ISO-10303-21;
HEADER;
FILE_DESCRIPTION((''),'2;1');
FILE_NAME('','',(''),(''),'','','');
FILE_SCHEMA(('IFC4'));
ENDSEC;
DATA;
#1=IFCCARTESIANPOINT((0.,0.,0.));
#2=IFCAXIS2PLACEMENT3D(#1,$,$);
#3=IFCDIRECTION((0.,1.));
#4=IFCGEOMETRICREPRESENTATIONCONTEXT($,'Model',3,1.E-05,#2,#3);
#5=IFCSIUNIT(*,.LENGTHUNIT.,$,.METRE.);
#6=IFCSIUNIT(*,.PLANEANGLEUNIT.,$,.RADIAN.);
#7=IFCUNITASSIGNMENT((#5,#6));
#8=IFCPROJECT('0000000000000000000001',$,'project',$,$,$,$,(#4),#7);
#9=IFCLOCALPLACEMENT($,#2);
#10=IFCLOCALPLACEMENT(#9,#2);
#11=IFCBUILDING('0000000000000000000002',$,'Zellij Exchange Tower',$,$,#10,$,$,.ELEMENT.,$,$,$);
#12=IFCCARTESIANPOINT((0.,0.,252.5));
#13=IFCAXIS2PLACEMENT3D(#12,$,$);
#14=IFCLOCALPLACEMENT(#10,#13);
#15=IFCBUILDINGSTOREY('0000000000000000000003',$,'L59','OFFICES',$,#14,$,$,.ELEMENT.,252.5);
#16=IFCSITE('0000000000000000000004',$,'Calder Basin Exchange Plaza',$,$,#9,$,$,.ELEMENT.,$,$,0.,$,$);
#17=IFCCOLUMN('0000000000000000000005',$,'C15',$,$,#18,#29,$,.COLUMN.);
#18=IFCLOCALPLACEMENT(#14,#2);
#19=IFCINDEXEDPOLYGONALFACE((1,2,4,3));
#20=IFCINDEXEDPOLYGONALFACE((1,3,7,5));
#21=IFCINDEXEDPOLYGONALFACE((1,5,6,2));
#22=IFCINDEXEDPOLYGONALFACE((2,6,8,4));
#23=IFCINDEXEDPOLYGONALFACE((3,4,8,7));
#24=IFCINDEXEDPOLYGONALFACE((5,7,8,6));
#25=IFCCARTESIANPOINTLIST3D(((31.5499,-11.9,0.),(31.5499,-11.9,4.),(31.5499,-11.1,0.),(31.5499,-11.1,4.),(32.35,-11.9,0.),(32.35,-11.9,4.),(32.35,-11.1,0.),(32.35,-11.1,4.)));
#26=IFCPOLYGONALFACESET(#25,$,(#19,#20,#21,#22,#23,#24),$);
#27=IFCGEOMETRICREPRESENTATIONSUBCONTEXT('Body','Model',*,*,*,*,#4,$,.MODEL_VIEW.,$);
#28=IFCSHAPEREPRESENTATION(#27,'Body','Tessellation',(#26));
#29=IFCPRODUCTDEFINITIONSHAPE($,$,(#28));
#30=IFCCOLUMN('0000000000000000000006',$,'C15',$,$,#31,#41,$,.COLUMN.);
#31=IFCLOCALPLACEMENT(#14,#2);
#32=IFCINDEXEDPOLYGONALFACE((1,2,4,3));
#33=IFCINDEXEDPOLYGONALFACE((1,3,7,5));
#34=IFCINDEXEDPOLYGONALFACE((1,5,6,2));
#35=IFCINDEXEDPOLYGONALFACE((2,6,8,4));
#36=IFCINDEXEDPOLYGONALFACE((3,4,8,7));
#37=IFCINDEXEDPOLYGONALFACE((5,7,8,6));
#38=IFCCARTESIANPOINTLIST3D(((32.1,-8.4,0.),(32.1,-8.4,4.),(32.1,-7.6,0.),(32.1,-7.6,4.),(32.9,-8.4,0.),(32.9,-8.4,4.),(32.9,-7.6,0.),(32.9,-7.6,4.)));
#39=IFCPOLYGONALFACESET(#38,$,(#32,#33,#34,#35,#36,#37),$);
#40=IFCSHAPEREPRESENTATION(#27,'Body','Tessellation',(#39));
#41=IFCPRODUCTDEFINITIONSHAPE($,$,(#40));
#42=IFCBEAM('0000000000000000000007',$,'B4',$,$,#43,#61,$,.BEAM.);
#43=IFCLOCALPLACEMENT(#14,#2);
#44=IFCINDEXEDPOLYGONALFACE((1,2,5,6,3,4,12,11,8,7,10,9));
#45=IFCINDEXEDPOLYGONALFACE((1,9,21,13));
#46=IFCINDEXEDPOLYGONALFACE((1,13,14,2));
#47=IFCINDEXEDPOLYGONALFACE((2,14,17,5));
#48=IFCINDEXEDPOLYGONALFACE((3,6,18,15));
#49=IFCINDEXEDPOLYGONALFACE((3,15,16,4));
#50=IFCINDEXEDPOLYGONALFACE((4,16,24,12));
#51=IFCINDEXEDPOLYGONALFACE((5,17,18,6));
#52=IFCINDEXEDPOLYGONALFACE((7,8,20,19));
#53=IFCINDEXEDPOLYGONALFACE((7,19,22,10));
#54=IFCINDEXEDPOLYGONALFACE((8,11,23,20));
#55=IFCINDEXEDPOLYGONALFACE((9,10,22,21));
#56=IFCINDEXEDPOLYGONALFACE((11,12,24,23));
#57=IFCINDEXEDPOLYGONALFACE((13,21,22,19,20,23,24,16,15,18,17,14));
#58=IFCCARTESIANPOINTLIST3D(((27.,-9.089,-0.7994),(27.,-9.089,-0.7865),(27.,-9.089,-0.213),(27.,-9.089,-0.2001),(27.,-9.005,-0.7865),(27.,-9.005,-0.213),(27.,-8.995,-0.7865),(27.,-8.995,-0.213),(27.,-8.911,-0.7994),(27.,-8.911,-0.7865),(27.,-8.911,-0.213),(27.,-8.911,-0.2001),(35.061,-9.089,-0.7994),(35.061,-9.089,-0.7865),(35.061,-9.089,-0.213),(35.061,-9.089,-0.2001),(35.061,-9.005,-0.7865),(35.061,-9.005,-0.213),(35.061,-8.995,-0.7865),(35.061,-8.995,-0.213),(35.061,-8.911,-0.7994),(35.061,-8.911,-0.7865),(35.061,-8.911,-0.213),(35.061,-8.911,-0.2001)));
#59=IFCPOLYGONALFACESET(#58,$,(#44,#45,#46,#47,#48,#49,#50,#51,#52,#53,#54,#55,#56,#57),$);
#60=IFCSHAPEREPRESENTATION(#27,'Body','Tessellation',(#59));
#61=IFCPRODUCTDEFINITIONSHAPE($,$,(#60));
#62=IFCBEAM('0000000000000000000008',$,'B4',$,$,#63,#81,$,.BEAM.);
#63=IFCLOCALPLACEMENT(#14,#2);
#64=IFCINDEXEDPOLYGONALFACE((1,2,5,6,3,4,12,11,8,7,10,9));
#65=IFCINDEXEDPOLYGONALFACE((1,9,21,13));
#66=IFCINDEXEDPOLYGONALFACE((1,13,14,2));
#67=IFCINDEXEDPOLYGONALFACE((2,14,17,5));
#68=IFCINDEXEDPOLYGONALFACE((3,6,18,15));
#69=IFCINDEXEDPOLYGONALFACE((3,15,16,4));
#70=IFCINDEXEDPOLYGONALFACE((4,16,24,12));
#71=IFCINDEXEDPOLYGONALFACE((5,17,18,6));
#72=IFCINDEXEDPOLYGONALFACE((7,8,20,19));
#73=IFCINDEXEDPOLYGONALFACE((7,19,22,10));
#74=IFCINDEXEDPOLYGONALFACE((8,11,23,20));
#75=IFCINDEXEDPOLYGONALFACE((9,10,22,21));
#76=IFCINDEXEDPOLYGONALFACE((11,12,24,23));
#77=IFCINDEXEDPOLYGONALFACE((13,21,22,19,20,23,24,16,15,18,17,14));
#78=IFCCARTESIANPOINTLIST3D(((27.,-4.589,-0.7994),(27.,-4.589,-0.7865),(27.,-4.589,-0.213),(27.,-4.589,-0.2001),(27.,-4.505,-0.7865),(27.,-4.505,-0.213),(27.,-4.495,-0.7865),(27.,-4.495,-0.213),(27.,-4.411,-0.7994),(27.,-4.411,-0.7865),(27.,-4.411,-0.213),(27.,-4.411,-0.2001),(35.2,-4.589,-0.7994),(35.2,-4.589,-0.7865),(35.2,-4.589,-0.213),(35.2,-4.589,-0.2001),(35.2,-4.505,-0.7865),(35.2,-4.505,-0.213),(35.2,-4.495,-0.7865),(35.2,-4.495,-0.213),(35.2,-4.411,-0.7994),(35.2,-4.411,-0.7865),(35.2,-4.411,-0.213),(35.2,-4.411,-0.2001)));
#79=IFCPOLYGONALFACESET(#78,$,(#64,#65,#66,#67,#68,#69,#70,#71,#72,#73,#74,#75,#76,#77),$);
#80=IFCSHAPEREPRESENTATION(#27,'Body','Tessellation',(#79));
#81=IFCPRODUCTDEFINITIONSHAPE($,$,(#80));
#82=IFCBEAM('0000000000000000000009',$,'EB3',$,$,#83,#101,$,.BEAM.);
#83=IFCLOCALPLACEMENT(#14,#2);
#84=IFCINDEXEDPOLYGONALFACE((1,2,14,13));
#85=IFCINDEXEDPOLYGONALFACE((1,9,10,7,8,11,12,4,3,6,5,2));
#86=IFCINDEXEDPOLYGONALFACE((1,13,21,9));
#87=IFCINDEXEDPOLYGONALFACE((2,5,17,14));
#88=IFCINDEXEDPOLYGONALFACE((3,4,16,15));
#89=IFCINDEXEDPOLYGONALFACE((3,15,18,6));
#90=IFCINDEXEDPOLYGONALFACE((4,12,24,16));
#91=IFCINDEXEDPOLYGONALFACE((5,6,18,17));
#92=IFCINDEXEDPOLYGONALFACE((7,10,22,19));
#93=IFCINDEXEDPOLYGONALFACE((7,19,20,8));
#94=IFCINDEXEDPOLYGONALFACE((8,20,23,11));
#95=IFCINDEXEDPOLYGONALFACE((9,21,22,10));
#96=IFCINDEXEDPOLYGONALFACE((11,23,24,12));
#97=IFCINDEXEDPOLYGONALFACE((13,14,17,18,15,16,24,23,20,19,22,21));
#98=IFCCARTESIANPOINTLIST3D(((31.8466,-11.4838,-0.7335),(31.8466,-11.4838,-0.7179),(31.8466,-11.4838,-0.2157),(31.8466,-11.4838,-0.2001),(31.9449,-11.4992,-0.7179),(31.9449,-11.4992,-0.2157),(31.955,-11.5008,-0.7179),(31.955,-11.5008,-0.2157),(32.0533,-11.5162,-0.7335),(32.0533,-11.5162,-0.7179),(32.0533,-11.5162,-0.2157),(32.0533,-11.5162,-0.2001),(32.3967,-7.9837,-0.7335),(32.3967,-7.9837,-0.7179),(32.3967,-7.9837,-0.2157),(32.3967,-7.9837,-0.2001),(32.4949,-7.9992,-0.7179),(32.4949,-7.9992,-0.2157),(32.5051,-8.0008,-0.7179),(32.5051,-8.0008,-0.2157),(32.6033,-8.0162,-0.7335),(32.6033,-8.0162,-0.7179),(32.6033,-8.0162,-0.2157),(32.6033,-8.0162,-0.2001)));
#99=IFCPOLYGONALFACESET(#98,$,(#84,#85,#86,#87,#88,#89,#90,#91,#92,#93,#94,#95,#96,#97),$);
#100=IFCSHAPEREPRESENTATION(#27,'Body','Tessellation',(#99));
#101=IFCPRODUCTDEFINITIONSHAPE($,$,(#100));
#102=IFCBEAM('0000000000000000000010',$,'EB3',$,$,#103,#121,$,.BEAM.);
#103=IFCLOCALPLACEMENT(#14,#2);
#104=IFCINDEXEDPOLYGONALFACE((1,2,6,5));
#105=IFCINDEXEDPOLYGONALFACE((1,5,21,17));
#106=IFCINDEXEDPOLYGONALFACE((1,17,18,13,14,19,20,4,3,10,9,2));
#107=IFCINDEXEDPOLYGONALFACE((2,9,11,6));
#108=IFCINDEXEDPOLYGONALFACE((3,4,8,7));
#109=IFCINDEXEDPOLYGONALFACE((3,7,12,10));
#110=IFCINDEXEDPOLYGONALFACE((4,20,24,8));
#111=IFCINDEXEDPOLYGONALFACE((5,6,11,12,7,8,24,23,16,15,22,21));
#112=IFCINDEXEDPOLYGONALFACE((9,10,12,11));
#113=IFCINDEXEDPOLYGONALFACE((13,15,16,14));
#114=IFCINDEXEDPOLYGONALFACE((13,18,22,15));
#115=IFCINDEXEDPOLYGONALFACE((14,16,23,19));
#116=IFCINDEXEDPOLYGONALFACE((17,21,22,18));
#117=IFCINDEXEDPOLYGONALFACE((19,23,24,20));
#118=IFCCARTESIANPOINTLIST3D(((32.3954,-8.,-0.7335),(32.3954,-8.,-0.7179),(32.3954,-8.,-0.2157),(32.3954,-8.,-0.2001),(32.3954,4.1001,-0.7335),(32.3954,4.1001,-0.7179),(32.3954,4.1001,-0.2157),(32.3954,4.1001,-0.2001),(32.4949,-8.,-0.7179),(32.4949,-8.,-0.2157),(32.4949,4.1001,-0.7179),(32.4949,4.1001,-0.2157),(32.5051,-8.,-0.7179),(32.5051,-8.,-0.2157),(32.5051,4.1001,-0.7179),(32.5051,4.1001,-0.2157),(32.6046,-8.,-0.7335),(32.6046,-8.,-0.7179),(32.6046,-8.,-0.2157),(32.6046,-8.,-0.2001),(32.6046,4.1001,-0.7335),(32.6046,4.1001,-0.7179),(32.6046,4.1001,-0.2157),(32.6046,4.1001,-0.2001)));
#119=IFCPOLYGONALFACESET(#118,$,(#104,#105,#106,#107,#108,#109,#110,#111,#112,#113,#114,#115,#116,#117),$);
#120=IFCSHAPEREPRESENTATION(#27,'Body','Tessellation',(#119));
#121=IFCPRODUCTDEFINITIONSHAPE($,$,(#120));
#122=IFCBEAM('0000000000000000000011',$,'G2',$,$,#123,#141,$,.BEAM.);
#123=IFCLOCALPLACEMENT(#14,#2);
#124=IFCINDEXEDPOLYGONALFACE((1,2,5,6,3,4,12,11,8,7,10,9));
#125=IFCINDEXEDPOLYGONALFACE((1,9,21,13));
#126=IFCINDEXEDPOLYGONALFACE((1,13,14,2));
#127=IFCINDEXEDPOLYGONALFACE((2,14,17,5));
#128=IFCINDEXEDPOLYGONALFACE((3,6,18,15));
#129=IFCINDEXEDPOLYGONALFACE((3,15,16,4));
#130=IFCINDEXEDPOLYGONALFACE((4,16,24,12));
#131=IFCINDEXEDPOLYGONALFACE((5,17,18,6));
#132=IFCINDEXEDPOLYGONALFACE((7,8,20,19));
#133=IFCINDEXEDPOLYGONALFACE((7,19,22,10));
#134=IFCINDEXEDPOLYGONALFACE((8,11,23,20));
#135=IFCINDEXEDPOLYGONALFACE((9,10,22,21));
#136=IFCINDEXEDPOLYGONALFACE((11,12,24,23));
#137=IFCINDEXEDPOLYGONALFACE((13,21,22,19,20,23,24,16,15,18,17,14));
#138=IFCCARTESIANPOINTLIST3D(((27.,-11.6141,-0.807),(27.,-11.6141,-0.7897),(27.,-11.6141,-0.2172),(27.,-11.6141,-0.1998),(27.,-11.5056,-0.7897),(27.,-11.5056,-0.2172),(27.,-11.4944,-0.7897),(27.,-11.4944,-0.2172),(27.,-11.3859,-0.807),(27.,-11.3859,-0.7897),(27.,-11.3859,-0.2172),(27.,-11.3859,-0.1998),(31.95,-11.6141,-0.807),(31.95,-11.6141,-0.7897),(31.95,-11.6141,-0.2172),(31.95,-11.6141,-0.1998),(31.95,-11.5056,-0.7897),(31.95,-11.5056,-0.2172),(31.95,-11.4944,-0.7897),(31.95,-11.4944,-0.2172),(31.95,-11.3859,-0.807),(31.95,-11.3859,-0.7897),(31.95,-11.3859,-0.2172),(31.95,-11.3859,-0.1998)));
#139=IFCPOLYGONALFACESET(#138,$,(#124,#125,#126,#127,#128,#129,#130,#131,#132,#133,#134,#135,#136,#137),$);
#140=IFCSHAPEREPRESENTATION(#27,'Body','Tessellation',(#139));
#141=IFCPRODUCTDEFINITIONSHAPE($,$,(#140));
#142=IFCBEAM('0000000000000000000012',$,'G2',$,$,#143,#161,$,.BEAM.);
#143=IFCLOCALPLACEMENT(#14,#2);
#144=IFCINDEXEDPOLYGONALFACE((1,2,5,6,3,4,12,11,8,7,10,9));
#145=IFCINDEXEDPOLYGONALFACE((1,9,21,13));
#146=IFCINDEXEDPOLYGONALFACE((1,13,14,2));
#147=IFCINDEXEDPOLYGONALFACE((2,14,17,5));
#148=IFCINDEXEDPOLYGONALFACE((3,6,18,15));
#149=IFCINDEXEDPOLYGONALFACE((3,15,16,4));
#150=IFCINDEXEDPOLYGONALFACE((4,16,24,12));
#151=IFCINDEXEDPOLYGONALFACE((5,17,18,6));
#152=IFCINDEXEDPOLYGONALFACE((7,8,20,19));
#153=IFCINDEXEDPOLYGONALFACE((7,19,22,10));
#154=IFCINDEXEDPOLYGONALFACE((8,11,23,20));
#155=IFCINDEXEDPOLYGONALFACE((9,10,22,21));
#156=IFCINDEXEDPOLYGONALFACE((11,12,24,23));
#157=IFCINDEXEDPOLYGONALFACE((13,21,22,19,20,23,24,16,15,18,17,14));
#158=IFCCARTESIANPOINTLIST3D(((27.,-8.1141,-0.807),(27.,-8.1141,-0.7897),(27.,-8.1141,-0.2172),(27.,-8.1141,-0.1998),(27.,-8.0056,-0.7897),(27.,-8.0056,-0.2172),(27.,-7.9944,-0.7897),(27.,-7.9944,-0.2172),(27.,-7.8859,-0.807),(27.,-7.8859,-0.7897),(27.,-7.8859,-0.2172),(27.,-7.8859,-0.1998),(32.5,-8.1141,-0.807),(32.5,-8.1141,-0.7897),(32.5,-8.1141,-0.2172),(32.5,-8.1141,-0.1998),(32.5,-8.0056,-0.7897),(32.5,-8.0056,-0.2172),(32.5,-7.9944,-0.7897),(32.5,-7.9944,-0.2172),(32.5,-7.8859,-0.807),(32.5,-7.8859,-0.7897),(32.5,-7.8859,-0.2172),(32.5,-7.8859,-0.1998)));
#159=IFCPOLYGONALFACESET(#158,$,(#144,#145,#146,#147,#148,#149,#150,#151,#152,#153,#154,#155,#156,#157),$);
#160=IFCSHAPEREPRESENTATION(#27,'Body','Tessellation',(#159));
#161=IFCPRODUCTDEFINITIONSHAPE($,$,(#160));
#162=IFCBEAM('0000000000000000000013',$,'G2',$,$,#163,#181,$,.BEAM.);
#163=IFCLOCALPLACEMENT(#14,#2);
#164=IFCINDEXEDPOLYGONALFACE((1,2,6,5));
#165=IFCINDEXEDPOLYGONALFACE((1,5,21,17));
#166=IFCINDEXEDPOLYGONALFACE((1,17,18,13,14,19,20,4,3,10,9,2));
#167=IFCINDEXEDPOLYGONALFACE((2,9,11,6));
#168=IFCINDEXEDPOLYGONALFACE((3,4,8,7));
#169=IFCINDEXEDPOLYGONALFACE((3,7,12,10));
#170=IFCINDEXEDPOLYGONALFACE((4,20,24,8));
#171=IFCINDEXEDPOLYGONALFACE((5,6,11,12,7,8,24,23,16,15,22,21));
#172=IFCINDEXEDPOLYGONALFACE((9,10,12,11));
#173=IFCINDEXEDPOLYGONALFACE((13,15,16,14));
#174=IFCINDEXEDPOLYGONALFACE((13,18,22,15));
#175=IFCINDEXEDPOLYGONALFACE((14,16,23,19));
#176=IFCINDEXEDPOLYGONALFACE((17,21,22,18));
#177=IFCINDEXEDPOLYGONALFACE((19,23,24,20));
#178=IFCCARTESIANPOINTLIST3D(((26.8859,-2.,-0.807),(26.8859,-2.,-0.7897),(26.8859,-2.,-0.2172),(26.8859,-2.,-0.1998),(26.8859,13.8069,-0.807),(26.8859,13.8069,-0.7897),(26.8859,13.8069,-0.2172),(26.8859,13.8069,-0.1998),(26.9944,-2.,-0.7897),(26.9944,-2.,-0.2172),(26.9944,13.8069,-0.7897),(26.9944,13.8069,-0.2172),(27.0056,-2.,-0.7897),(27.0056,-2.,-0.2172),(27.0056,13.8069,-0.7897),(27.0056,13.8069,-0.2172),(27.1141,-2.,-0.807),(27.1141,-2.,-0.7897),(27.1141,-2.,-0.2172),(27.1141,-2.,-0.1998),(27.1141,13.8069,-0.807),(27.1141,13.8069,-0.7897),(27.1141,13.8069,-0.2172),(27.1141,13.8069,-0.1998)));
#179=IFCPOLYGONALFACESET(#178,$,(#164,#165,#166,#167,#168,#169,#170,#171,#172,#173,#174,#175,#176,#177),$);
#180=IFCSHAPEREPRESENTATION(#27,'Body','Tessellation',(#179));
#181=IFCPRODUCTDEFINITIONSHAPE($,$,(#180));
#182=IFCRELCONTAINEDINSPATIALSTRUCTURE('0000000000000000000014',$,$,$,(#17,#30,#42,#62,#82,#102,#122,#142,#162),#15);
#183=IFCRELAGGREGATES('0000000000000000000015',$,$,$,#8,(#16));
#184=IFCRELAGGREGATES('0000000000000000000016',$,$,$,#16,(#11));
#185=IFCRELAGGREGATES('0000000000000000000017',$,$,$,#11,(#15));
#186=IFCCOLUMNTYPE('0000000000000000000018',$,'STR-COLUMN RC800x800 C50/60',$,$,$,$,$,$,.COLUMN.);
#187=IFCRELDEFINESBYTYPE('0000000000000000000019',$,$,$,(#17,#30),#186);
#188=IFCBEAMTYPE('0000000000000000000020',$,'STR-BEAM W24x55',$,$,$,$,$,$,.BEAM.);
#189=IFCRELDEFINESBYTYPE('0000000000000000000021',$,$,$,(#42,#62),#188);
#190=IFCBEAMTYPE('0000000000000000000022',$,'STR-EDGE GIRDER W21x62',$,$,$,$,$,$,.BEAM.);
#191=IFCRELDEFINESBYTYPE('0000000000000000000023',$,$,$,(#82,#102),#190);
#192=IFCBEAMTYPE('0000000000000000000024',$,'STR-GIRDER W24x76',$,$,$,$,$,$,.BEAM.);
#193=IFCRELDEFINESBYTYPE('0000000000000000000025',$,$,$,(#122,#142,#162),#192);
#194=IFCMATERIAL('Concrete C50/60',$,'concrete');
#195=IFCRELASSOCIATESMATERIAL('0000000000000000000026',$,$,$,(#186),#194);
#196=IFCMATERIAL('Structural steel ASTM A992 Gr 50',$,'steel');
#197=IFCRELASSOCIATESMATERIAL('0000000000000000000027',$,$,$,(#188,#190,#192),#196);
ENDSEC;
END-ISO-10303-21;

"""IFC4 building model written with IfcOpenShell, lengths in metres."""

from ifc_helpers import new_model, si_unit, direction, frame, origin, origin_2d, place, context, subcontext, project, spatial, rectangle, i_section, extrude, material, material_profile, profile_set, type_object, element, save


model = new_model("IFC4")

# Units and contexts
model_context = context("Model", 3, precision=1e-05, world=origin(), true_north=direction((0.0, 1.0)))
body_context = subcontext(model_context, "Body", "Model", "MODEL_VIEW")
ifc_project = project(units=[si_unit("LENGTHUNIT", "METRE"), si_unit("PLANEANGLEUNIT", "RADIAN")], contexts=[model_context])

# Site, building, storey
site_placement = place(None, origin())
site = spatial("IfcSite", under=ifc_project, at=site_placement, Name="Calder Basin Exchange Plaza", CompositionType="ELEMENT", RefElevation=0.0)
building_placement = place(site_placement, origin())
building = spatial("IfcBuilding", under=site, at=building_placement, Name="Zellij Exchange Tower", CompositionType="ELEMENT")
storey_placement = place(building_placement, frame((0.0, 0.0, 252.5)))
storey = spatial("IfcBuildingStorey", under=building, at=storey_placement, Name="L59", Description="OFFICES", CompositionType="ELEMENT", Elevation=252.5)

# Columns
ifc_material_1 = material(Name="Concrete C50/60", Category="concrete")
ifc_material_profile_1 = material_profile(ifc_material_1, rectangle(XDim=0.8, YDim=0.8, at=origin_2d()), Name="STR-COLUMN RC800x800 C50/60")
ifc_profile_set_1 = profile_set([ifc_material_profile_1], Name="Concrete C50/60")
column_type = type_object("IfcColumnType", Name="STR-COLUMN RC800x800 C50/60", PredefinedType="COLUMN", material=ifc_profile_set_1)
for number, where, z_axis, x_axis, name in (
    (1, (31.95, -11.5, 0.0), (0.0, 0.0, 1.0), (1.0, 0.0, 0.0), "C15"),
    (2, (32.5, -8.0, 0.0), (0.0, 0.0, 1.0), (1.0, 0.0, 0.0), "C15"),
):
    element("IfcColumn", number, at=place(storey_placement, frame(where, z_axis=z_axis, x_axis=x_axis)), inside=storey, type_object=column_type, Name=name, PredefinedType="COLUMN", context=body_context, shape_type="SweptSolid", body=[
        extrude(rectangle(XDim=0.8, YDim=0.8, at=origin_2d()), origin(), (0.0, 0.0, 1.0), 4.0),
    ])

# Beams
ifc_material_2 = material(Name="Structural steel ASTM A992 Gr 50", Category="steel")
ifc_material_profile_2 = material_profile(ifc_material_2, i_section(OverallWidth=0.178, OverallDepth=0.5994, WebThickness=0.01, FlangeThickness=0.0129, at=origin_2d()), Name="W24x55")
ifc_profile_set_2 = profile_set([ifc_material_profile_2], Name="Structural steel ASTM A992 Gr 50")
beam_type_1 = type_object("IfcBeamType", Name="STR-BEAM W24x55", PredefinedType="BEAM", material=ifc_profile_set_2)
beam_1_placement = place(storey_placement, frame((27.0, -9.0, -0.4998), z_axis=(1.0, 0.0, 0.0), x_axis=(0.0, 1.0, 0.0)))
element("IfcBeam", 3, at=beam_1_placement, inside=storey, type_object=beam_type_1, Name="B4", PredefinedType="BEAM", context=body_context, shape_type="SweptSolid", body=[
    extrude(i_section(OverallWidth=0.178, OverallDepth=0.5994, WebThickness=0.01, FlangeThickness=0.0129, at=origin_2d()), origin(), (0.0, 0.0, 1.0), 8.061),
])
beam_2_placement = place(storey_placement, frame((27.0, -4.5, -0.4998), z_axis=(1.0, 0.0, 0.0), x_axis=(0.0, 1.0, 0.0)))
element("IfcBeam", 4, at=beam_2_placement, inside=storey, type_object=beam_type_1, Name="B4", PredefinedType="BEAM", context=body_context, shape_type="SweptSolid", body=[
    extrude(i_section(OverallWidth=0.178, OverallDepth=0.5994, WebThickness=0.01, FlangeThickness=0.0129, at=origin_2d()), origin(), (0.0, 0.0, 1.0), 8.2),
])
ifc_material_profile_3 = material_profile(ifc_material_2, i_section(OverallWidth=0.2092, OverallDepth=0.5334, WebThickness=0.0103, FlangeThickness=0.0156, at=origin_2d()), Name="W21x62")
ifc_profile_set_3 = profile_set([ifc_material_profile_3], Name="Structural steel ASTM A992 Gr 50")
beam_type_2 = type_object("IfcBeamType", Name="STR-EDGE GIRDER W21x62", PredefinedType="BEAM", material=ifc_profile_set_3)
beam_3_placement = place(storey_placement, frame((31.95, -11.5, -0.4668), z_axis=(0.155251, 0.987875, 0.0), x_axis=(-0.987875, 0.155251, 0.0)))
element("IfcBeam", 5, at=beam_3_placement, inside=storey, type_object=beam_type_2, Name="EB3", PredefinedType="BEAM", context=body_context, shape_type="SweptSolid", body=[
    extrude(i_section(OverallWidth=0.2092, OverallDepth=0.5334, WebThickness=0.0103, FlangeThickness=0.0156, at=origin_2d()), origin(), (0.0, 0.0, 1.0), 3.543),
])
beam_4_placement = place(storey_placement, frame((32.5, -8.0, -0.4668), z_axis=(0.0, 1.0, 0.0), x_axis=(-1.0, 0.0, 0.0)))
element("IfcBeam", 6, at=beam_4_placement, inside=storey, type_object=beam_type_2, Name="EB3", PredefinedType="BEAM", context=body_context, shape_type="SweptSolid", body=[
    extrude(i_section(OverallWidth=0.2092, OverallDepth=0.5334, WebThickness=0.0103, FlangeThickness=0.0156, at=origin_2d()), origin(), (0.0, 0.0, 1.0), 12.1001),
])
ifc_material_profile_4 = material_profile(ifc_material_2, i_section(OverallWidth=0.2283, OverallDepth=0.6072, WebThickness=0.0112, FlangeThickness=0.0173, at=origin_2d()), Name="W24x76")
ifc_profile_set_4 = profile_set([ifc_material_profile_4], Name="Structural steel ASTM A992 Gr 50")
beam_type_3 = type_object("IfcBeamType", Name="STR-GIRDER W24x76", PredefinedType="BEAM", material=ifc_profile_set_4)
beam_5_placement = place(storey_placement, frame((27.0, -11.5, -0.5034), z_axis=(1.0, 0.0, 0.0), x_axis=(0.0, 1.0, 0.0)))
element("IfcBeam", 7, at=beam_5_placement, inside=storey, type_object=beam_type_3, Name="G2", PredefinedType="BEAM", context=body_context, shape_type="SweptSolid", body=[
    extrude(i_section(OverallWidth=0.2283, OverallDepth=0.6072, WebThickness=0.0112, FlangeThickness=0.0173, at=origin_2d()), origin(), (0.0, 0.0, 1.0), 4.95),
])
beam_6_placement = place(storey_placement, frame((27.0, -8.0, -0.5034), z_axis=(1.0, 0.0, 0.0), x_axis=(0.0, 1.0, 0.0)))
element("IfcBeam", 8, at=beam_6_placement, inside=storey, type_object=beam_type_3, Name="G2", PredefinedType="BEAM", context=body_context, shape_type="SweptSolid", body=[
    extrude(i_section(OverallWidth=0.2283, OverallDepth=0.6072, WebThickness=0.0112, FlangeThickness=0.0173, at=origin_2d()), origin(), (0.0, 0.0, 1.0), 5.5),
])
beam_7_placement = place(storey_placement, frame((27.0, -2.0, -0.5034), z_axis=(0.0, 1.0, 0.0), x_axis=(-1.0, 0.0, 0.0)))
element("IfcBeam", 9, at=beam_7_placement, inside=storey, type_object=beam_type_3, Name="G2", PredefinedType="BEAM", context=body_context, shape_type="SweptSolid", body=[
    extrude(i_section(OverallWidth=0.2283, OverallDepth=0.6072, WebThickness=0.0112, FlangeThickness=0.0173, at=origin_2d()), origin(), (0.0, 0.0, 1.0), 15.8069),
])

save(model, "model.ifc")
